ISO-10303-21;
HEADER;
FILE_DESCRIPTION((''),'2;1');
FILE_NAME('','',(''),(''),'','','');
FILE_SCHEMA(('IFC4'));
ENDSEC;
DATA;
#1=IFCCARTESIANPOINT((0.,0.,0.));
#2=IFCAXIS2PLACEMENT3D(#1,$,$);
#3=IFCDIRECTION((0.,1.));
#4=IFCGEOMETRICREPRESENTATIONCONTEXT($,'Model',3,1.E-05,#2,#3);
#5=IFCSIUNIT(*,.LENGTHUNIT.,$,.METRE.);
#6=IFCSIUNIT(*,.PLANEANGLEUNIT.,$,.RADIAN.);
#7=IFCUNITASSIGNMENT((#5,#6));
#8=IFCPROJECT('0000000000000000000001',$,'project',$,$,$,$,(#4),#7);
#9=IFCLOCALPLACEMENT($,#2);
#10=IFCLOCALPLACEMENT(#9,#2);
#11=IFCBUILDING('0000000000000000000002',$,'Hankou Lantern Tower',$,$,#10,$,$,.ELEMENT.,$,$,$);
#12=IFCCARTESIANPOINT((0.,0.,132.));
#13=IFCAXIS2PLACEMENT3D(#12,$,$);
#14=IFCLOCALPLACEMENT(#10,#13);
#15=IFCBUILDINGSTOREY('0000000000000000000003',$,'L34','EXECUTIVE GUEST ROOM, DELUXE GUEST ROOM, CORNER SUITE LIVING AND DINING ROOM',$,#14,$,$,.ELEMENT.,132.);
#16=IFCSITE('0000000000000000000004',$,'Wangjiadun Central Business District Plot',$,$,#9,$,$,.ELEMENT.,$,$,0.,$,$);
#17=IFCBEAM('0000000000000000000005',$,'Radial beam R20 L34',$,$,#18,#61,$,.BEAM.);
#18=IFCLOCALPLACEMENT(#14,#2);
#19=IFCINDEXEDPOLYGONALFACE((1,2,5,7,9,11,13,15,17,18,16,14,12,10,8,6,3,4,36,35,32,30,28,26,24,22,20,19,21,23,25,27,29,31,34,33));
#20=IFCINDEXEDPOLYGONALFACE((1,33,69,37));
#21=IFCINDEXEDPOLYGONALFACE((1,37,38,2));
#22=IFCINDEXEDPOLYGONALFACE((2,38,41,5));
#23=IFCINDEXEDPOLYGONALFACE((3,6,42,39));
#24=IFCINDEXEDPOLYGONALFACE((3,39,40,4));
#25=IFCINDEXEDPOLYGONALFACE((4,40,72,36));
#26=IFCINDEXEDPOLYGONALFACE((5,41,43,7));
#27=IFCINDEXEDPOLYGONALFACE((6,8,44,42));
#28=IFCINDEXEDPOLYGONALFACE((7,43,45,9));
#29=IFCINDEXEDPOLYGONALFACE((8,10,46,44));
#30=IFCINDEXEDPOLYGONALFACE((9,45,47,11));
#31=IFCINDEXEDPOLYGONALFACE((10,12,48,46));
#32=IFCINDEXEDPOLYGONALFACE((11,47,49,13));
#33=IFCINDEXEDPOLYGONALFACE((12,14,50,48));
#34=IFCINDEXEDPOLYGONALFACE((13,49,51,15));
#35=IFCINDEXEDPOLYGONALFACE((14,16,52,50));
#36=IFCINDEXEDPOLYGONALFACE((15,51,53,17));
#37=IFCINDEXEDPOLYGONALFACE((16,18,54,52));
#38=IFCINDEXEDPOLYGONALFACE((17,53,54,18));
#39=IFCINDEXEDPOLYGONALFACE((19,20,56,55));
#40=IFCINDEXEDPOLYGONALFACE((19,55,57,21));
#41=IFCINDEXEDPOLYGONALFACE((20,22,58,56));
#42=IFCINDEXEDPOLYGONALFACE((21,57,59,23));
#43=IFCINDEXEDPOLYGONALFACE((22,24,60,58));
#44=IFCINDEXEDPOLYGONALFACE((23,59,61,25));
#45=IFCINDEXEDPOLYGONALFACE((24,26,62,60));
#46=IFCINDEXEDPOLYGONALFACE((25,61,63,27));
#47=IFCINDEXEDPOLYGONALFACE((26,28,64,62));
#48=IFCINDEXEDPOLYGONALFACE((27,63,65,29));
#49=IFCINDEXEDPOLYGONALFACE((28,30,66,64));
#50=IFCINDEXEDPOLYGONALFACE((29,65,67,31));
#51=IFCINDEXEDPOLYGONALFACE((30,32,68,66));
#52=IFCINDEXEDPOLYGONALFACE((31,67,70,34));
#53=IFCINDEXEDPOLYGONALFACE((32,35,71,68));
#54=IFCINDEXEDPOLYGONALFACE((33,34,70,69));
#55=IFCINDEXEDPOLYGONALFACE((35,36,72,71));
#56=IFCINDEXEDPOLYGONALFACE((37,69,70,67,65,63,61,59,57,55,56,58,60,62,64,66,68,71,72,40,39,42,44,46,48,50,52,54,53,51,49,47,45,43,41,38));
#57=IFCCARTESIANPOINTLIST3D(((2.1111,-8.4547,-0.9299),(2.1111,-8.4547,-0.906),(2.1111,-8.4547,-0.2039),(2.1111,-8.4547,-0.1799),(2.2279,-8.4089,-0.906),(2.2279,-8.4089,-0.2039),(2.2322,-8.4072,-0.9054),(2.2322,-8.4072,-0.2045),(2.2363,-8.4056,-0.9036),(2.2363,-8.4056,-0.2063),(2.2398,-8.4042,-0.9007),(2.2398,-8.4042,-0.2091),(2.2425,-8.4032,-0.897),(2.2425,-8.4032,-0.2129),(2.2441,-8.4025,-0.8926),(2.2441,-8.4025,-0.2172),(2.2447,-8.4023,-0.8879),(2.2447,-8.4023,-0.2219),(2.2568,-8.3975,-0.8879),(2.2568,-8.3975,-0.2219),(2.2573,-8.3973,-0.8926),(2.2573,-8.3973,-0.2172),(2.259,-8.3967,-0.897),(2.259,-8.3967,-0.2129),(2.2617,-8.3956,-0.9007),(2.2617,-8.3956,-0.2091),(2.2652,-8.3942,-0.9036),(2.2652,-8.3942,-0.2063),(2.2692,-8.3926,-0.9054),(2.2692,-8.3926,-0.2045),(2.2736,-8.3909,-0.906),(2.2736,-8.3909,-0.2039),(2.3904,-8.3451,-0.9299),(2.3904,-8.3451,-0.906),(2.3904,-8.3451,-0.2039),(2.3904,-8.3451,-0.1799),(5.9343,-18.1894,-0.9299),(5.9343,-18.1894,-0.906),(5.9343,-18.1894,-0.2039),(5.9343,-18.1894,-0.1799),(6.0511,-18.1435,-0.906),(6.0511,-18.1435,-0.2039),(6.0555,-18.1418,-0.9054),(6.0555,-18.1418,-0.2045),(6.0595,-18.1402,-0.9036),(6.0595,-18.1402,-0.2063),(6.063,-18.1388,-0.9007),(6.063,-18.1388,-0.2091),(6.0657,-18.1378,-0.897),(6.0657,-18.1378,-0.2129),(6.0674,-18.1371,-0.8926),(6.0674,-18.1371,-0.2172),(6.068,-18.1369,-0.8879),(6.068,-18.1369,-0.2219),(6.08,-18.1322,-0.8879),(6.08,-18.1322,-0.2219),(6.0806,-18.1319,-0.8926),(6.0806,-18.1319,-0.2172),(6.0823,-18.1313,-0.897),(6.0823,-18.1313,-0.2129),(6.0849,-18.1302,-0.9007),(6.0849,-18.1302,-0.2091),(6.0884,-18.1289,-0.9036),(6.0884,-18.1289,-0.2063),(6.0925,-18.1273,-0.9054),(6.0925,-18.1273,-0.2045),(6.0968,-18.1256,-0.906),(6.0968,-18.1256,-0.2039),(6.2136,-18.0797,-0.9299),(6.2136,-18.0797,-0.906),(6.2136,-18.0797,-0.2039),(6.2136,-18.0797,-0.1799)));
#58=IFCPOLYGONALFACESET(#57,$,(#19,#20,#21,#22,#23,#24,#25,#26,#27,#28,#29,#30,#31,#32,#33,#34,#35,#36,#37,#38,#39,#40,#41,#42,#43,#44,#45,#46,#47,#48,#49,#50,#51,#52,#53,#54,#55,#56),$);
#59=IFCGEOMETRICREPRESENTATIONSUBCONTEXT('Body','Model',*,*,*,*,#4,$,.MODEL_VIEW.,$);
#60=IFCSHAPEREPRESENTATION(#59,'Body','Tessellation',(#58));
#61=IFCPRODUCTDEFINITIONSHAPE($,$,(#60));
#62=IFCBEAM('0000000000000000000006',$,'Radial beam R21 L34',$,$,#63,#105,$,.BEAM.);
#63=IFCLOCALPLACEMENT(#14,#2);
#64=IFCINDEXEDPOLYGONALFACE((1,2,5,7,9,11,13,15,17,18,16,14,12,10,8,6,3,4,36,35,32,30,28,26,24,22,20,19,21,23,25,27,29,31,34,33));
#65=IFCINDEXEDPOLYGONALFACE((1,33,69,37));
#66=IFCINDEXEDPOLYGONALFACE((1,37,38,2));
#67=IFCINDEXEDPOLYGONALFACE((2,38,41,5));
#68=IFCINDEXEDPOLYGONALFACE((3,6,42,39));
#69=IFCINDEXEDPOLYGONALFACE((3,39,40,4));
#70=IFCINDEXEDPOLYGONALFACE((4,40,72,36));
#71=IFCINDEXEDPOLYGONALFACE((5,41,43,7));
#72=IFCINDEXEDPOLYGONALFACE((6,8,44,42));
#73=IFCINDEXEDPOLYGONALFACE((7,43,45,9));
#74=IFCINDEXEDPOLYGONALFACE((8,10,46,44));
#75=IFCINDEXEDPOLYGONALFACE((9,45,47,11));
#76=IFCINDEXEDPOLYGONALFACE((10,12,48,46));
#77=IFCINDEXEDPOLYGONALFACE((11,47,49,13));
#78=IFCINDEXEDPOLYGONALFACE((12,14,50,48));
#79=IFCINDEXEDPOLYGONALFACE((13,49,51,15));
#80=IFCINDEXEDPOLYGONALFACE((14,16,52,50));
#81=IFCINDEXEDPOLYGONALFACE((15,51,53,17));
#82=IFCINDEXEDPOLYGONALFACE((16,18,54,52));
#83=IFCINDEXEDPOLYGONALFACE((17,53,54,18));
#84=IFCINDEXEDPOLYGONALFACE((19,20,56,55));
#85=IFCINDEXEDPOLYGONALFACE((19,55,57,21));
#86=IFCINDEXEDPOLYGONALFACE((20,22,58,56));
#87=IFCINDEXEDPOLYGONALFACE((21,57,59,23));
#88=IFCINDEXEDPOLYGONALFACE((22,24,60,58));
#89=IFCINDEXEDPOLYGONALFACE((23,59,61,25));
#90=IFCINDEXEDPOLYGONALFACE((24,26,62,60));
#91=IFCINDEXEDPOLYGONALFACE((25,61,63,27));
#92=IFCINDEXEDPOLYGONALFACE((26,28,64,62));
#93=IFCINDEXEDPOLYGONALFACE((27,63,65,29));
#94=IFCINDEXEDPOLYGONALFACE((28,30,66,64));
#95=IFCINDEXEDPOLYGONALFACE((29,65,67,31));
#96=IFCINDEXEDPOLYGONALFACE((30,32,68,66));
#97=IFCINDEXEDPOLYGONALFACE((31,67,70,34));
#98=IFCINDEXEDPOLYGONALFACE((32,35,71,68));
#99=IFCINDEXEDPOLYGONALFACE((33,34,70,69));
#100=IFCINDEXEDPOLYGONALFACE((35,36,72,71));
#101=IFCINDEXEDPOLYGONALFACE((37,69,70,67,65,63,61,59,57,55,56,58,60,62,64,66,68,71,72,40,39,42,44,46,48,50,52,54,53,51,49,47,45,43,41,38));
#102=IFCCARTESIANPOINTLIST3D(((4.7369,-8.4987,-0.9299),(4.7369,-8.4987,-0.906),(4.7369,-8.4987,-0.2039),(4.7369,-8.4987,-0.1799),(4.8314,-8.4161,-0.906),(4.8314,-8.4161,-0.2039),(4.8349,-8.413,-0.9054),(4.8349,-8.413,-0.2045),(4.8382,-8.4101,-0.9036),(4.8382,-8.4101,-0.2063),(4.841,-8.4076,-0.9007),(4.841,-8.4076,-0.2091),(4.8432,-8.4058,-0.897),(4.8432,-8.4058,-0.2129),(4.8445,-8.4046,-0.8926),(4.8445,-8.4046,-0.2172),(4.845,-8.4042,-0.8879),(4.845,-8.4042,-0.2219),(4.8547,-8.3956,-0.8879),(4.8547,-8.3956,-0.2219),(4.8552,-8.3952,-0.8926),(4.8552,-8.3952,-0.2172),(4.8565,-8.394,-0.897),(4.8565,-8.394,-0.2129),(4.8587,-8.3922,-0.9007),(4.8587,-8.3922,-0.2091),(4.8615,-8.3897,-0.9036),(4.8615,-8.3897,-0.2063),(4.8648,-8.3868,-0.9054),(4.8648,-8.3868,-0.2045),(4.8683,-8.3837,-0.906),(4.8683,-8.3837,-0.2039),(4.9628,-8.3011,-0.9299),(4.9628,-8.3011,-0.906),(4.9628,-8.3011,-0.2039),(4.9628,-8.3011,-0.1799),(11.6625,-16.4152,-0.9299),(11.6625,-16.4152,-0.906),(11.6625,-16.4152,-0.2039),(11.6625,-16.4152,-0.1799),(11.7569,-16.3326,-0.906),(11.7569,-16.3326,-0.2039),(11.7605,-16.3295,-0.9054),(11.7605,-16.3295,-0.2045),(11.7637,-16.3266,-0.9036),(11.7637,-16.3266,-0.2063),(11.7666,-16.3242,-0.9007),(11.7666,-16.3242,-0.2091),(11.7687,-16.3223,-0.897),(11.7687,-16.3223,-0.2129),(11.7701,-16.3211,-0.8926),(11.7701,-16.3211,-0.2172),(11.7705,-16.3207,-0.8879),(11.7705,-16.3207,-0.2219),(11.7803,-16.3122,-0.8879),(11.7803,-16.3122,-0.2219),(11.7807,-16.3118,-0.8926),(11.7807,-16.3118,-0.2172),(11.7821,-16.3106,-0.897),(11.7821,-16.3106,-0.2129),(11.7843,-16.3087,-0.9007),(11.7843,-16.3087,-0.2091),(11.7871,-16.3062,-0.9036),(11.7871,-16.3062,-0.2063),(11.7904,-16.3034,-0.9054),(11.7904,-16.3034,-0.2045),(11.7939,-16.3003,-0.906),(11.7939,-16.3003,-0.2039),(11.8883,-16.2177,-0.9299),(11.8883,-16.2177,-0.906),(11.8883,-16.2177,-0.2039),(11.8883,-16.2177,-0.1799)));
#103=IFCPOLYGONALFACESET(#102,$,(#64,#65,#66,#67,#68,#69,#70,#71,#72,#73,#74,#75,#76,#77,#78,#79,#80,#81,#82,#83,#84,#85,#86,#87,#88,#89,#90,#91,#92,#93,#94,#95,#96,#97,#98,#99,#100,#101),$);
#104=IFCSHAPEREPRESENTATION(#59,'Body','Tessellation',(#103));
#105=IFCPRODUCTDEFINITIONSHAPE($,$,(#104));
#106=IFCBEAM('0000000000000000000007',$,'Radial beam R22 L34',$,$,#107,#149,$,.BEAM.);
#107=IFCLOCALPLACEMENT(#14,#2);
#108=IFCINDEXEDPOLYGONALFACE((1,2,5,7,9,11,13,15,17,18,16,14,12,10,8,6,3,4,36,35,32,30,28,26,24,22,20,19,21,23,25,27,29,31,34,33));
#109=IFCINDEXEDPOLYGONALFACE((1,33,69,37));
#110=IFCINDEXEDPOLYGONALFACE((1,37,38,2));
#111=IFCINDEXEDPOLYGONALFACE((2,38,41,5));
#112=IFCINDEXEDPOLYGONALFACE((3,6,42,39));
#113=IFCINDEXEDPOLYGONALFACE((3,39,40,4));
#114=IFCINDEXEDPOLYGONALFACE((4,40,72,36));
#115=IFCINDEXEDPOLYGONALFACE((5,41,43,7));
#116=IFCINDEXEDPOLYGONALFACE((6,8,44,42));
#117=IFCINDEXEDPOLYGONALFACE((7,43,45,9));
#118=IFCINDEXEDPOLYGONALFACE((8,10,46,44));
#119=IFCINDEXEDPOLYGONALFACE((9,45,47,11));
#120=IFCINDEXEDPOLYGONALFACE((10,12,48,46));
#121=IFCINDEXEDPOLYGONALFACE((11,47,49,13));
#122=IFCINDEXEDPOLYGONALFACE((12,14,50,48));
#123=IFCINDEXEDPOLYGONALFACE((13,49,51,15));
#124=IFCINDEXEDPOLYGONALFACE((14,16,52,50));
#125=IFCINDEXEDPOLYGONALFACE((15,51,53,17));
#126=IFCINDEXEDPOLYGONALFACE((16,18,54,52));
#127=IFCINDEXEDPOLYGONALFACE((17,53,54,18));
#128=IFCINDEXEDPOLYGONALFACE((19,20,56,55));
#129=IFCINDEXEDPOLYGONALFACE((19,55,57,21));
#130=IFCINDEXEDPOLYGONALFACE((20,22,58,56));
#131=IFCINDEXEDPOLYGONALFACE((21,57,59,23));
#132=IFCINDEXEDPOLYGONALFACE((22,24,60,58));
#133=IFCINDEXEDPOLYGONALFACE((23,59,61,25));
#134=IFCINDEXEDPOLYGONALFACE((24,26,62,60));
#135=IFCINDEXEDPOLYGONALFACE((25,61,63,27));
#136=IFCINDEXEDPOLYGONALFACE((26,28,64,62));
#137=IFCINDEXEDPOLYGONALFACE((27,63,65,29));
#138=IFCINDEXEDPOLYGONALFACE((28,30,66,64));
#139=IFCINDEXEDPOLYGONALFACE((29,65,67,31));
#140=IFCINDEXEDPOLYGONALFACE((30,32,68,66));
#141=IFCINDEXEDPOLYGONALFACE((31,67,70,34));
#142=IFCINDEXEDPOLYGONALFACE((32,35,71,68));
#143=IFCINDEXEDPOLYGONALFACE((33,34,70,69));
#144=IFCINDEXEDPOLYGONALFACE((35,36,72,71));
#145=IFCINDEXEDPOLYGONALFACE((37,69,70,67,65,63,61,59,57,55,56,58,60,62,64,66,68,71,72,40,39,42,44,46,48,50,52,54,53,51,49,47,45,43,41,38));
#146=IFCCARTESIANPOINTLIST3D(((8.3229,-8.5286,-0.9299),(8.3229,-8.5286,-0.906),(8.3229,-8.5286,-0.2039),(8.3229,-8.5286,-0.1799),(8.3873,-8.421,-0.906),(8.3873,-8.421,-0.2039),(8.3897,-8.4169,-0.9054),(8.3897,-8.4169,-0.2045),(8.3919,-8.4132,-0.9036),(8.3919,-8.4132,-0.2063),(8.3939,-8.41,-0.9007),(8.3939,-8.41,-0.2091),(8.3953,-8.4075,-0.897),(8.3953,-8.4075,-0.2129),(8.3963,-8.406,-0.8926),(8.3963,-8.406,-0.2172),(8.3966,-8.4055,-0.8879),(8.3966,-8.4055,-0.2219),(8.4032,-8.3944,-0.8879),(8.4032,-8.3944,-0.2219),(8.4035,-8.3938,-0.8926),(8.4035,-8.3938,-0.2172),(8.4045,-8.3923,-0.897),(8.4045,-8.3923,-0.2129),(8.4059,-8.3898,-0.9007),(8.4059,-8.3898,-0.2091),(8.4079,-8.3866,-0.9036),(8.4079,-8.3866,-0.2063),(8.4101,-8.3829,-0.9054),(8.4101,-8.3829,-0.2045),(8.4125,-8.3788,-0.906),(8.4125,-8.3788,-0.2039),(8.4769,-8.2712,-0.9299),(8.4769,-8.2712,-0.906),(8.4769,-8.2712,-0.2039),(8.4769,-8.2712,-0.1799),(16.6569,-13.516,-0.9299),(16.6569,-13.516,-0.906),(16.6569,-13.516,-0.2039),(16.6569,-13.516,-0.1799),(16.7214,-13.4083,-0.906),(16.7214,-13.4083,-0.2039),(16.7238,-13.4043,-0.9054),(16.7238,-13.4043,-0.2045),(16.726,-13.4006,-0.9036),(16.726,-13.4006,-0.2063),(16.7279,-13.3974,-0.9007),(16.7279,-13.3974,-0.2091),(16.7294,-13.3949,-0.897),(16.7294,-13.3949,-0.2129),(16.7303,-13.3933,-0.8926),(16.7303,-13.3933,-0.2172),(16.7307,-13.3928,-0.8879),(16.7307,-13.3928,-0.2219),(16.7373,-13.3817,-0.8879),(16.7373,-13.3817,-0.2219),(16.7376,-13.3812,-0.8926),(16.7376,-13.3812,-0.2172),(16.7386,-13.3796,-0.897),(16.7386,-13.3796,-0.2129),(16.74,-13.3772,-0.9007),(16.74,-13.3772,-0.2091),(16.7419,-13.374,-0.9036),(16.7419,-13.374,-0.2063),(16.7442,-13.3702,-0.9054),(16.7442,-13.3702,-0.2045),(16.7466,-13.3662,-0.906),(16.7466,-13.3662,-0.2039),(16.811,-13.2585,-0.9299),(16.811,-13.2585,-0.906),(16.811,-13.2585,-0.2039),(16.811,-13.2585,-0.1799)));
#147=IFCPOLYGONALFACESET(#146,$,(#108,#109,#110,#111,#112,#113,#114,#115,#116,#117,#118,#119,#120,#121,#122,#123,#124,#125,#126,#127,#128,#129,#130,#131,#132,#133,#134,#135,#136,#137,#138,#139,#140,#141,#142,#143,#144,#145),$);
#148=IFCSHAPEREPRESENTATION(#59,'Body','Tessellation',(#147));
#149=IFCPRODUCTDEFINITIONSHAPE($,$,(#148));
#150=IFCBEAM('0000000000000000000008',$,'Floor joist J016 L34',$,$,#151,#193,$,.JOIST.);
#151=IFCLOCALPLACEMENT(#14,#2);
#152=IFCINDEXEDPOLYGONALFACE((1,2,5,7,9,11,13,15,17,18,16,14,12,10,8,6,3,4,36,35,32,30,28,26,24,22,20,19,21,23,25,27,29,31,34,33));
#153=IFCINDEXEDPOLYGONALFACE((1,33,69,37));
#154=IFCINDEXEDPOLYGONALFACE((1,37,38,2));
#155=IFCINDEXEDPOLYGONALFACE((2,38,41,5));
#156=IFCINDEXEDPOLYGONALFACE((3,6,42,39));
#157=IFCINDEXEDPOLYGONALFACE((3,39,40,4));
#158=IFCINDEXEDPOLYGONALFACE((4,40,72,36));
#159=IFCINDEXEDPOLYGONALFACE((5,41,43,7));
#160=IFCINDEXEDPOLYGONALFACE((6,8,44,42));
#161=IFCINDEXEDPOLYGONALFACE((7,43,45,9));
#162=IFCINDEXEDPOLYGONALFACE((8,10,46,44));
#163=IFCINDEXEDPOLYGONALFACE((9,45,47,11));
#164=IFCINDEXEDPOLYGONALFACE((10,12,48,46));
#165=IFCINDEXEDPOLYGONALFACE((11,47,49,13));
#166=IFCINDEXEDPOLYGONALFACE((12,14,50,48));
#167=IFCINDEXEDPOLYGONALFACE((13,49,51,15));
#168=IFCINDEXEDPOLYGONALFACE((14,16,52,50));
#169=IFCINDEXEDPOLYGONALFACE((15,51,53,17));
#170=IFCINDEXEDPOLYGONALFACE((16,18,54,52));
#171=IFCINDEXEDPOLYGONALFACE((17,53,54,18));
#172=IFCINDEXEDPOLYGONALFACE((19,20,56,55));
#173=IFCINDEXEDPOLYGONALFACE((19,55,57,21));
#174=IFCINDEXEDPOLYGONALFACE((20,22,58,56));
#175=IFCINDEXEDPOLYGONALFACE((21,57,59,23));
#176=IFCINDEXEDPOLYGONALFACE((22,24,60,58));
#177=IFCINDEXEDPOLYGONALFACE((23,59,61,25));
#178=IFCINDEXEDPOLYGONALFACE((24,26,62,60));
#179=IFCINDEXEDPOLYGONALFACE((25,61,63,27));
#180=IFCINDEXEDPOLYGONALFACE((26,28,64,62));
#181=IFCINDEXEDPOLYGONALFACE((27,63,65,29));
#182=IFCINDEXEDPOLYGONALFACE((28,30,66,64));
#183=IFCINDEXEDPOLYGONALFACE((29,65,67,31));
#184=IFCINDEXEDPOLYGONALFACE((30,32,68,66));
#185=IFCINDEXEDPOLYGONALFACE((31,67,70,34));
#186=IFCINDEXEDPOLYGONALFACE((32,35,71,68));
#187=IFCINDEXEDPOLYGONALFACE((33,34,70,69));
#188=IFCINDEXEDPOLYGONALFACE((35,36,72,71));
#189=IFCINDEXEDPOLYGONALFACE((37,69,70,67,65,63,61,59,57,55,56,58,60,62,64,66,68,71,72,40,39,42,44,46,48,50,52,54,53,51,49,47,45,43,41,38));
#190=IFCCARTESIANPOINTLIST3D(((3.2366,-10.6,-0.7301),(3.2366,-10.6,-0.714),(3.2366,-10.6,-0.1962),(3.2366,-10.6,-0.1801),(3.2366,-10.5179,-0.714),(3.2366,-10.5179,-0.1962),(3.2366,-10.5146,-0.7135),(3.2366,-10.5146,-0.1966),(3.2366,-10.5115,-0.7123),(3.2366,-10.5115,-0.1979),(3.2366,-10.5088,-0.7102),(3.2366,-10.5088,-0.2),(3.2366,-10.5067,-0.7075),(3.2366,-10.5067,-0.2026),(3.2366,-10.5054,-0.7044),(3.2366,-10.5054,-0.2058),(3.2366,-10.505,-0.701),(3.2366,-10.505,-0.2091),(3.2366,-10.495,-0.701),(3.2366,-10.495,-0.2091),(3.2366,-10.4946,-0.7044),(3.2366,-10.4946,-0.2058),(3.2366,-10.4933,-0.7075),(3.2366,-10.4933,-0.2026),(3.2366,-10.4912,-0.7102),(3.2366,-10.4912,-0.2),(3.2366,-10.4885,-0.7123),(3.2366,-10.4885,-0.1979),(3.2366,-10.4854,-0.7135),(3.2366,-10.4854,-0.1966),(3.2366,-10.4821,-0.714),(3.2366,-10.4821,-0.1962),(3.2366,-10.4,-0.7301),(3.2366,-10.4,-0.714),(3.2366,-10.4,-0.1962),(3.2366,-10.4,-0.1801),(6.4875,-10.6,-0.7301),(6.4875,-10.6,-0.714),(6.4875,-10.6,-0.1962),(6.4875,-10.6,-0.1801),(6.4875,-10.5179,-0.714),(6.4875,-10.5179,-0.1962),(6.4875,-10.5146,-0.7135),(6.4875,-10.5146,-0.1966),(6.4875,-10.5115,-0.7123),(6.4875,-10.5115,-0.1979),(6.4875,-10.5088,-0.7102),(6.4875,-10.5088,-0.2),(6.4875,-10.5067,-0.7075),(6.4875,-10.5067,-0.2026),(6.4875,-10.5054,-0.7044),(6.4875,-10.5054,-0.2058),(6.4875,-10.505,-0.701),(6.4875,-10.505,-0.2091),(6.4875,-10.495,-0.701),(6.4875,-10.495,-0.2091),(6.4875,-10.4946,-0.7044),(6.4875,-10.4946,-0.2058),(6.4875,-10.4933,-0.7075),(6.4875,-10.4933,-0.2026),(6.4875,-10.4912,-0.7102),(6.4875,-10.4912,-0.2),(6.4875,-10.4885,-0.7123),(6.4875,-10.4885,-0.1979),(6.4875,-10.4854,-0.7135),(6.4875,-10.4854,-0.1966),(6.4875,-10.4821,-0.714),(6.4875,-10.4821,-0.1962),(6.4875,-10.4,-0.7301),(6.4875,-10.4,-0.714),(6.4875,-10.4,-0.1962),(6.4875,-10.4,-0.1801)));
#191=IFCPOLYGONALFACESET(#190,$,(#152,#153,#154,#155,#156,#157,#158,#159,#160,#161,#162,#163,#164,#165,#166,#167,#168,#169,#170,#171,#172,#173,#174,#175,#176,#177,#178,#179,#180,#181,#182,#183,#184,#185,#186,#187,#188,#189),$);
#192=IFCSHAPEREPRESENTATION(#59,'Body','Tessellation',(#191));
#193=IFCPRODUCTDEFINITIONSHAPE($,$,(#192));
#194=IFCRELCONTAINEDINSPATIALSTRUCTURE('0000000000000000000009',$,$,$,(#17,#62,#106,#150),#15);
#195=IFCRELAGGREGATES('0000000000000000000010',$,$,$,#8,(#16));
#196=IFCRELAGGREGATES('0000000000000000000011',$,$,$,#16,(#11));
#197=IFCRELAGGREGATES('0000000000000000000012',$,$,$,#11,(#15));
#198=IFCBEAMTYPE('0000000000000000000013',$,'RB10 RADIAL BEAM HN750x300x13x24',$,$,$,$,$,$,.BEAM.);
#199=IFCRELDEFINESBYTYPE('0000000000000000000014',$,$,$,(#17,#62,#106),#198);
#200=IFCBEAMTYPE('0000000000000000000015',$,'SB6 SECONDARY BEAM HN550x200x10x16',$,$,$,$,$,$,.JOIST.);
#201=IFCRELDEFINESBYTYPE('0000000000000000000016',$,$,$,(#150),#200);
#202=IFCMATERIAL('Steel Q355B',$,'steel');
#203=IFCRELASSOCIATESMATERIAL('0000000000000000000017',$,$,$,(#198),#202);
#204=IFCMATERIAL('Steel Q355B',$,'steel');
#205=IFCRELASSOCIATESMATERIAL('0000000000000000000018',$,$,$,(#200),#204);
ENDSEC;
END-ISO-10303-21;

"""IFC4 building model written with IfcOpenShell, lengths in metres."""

from ifc_helpers import new_model, si_unit, direction, frame, origin, origin_2d, place, context, subcontext, project, spatial, i_section, extrude, material, material_profile, profile_set, type_object, element, save


model = new_model("IFC4")

# Units and contexts
model_context = context("Model", 3, precision=1e-05, world=origin(), true_north=direction((0.0, 1.0)))
body_context = subcontext(model_context, "Body", "Model", "MODEL_VIEW")
ifc_project = project(units=[si_unit("LENGTHUNIT", "METRE"), si_unit("PLANEANGLEUNIT", "RADIAN")], contexts=[model_context])

# Site, building, storey
site_placement = place(None, origin())
site = spatial("IfcSite", under=ifc_project, at=site_placement, Name="Wangjiadun Central Business District Plot", CompositionType="ELEMENT", RefElevation=0.0)
building_placement = place(site_placement, origin())
building = spatial("IfcBuilding", under=site, at=building_placement, Name="Hankou Lantern Tower", CompositionType="ELEMENT")
storey_placement = place(building_placement, frame((0.0, 0.0, 132.0)))
storey = spatial("IfcBuildingStorey", under=building, at=storey_placement, Name="L34", Description="EXECUTIVE GUEST ROOM, DELUXE GUEST ROOM, CORNER SUITE LIVING AND DINING ROOM", CompositionType="ELEMENT", Elevation=132.0)

# Beams
ifc_material_1 = material(Name="Steel Q355B", Category="steel")
ifc_material_profile_1 = material_profile(ifc_material_1, i_section(OverallWidth=0.3, OverallDepth=0.75, WebThickness=0.0129, FlangeThickness=0.0239, FilletRadius=0.0181, at=origin_2d()), Name="HN750x300x13x24")
ifc_profile_set_1 = profile_set([ifc_material_profile_1], Name="Steel Q355B")
beam_type_1 = type_object("IfcBeamType", Name="RB10 RADIAL BEAM HN750x300x13x24", PredefinedType="BEAM", material=ifc_profile_set_1)
beam_1_placement = place(storey_placement, frame((2.2507, -8.3999, -0.5549), z_axis=(0.365564, -0.930786, 0.0), x_axis=(0.930786, 0.365564, 0.0)))
element("IfcBeam", 1, at=beam_1_placement, inside=storey, type_object=beam_type_1, Name="Radial beam R20 L34", PredefinedType="BEAM", context=body_context, shape_type="SweptSolid", body=[
    extrude(i_section(OverallWidth=0.3, OverallDepth=0.75, WebThickness=0.0129, FlangeThickness=0.0239, FilletRadius=0.0181, at=origin_2d()), origin(), (0.0, 0.0, 1.0), 10.4585),
])
beam_2_placement = place(storey_placement, frame((4.8499, -8.3999, -0.5549), z_axis=(0.658429, -0.752643, 0.0), x_axis=(0.752643, 0.658429, 0.0)))
element("IfcBeam", 2, at=beam_2_placement, inside=storey, type_object=beam_type_1, Name="Radial beam R21 L34", PredefinedType="BEAM", context=body_context, shape_type="SweptSolid", body=[
    extrude(i_section(OverallWidth=0.3, OverallDepth=0.75, WebThickness=0.0129, FlangeThickness=0.0239, FilletRadius=0.0181, at=origin_2d()), origin(), (0.0, 0.0, 1.0), 10.5183),
])
beam_3_placement = place(storey_placement, frame((8.3999, -8.3999, -0.5549), z_axis=(0.858087, -0.513505, 0.0), x_axis=(0.513505, 0.858087, 0.0)))
element("IfcBeam", 3, at=beam_3_placement, inside=storey, type_object=beam_type_1, Name="Radial beam R22 L34", PredefinedType="BEAM", context=body_context, shape_type="SweptSolid", body=[
    extrude(i_section(OverallWidth=0.3, OverallDepth=0.75, WebThickness=0.0129, FlangeThickness=0.0239, FilletRadius=0.0181, at=origin_2d()), origin(), (0.0, 0.0, 1.0), 9.7124),
])
ifc_material_2 = material(Name="Steel Q355B", Category="steel")
ifc_material_profile_2 = material_profile(ifc_material_2, i_section(OverallWidth=0.2, OverallDepth=0.55, WebThickness=0.01, FlangeThickness=0.0161, FilletRadius=0.0129, at=origin_2d()), Name="HN550x200x10x16")
ifc_profile_set_2 = profile_set([ifc_material_profile_2], Name="Steel Q355B")
beam_type_2 = type_object("IfcBeamType", Name="SB6 SECONDARY BEAM HN550x200x10x16", PredefinedType="JOIST", material=ifc_profile_set_2)
beam_4_placement = place(storey_placement, frame((3.2366, -10.5, -0.4551), z_axis=(1.0, 0.0, 0.0), x_axis=(0.0, 1.0, 0.0)))
element("IfcBeam", 4, at=beam_4_placement, inside=storey, type_object=beam_type_2, Name="Floor joist J016 L34", PredefinedType="JOIST", context=body_context, shape_type="SweptSolid", body=[
    extrude(i_section(OverallWidth=0.2, OverallDepth=0.55, WebThickness=0.01, FlangeThickness=0.0161, FilletRadius=0.0129, at=origin_2d()), origin(), (0.0, 0.0, 1.0), 3.251),
])

save(model, "model.ifc")
